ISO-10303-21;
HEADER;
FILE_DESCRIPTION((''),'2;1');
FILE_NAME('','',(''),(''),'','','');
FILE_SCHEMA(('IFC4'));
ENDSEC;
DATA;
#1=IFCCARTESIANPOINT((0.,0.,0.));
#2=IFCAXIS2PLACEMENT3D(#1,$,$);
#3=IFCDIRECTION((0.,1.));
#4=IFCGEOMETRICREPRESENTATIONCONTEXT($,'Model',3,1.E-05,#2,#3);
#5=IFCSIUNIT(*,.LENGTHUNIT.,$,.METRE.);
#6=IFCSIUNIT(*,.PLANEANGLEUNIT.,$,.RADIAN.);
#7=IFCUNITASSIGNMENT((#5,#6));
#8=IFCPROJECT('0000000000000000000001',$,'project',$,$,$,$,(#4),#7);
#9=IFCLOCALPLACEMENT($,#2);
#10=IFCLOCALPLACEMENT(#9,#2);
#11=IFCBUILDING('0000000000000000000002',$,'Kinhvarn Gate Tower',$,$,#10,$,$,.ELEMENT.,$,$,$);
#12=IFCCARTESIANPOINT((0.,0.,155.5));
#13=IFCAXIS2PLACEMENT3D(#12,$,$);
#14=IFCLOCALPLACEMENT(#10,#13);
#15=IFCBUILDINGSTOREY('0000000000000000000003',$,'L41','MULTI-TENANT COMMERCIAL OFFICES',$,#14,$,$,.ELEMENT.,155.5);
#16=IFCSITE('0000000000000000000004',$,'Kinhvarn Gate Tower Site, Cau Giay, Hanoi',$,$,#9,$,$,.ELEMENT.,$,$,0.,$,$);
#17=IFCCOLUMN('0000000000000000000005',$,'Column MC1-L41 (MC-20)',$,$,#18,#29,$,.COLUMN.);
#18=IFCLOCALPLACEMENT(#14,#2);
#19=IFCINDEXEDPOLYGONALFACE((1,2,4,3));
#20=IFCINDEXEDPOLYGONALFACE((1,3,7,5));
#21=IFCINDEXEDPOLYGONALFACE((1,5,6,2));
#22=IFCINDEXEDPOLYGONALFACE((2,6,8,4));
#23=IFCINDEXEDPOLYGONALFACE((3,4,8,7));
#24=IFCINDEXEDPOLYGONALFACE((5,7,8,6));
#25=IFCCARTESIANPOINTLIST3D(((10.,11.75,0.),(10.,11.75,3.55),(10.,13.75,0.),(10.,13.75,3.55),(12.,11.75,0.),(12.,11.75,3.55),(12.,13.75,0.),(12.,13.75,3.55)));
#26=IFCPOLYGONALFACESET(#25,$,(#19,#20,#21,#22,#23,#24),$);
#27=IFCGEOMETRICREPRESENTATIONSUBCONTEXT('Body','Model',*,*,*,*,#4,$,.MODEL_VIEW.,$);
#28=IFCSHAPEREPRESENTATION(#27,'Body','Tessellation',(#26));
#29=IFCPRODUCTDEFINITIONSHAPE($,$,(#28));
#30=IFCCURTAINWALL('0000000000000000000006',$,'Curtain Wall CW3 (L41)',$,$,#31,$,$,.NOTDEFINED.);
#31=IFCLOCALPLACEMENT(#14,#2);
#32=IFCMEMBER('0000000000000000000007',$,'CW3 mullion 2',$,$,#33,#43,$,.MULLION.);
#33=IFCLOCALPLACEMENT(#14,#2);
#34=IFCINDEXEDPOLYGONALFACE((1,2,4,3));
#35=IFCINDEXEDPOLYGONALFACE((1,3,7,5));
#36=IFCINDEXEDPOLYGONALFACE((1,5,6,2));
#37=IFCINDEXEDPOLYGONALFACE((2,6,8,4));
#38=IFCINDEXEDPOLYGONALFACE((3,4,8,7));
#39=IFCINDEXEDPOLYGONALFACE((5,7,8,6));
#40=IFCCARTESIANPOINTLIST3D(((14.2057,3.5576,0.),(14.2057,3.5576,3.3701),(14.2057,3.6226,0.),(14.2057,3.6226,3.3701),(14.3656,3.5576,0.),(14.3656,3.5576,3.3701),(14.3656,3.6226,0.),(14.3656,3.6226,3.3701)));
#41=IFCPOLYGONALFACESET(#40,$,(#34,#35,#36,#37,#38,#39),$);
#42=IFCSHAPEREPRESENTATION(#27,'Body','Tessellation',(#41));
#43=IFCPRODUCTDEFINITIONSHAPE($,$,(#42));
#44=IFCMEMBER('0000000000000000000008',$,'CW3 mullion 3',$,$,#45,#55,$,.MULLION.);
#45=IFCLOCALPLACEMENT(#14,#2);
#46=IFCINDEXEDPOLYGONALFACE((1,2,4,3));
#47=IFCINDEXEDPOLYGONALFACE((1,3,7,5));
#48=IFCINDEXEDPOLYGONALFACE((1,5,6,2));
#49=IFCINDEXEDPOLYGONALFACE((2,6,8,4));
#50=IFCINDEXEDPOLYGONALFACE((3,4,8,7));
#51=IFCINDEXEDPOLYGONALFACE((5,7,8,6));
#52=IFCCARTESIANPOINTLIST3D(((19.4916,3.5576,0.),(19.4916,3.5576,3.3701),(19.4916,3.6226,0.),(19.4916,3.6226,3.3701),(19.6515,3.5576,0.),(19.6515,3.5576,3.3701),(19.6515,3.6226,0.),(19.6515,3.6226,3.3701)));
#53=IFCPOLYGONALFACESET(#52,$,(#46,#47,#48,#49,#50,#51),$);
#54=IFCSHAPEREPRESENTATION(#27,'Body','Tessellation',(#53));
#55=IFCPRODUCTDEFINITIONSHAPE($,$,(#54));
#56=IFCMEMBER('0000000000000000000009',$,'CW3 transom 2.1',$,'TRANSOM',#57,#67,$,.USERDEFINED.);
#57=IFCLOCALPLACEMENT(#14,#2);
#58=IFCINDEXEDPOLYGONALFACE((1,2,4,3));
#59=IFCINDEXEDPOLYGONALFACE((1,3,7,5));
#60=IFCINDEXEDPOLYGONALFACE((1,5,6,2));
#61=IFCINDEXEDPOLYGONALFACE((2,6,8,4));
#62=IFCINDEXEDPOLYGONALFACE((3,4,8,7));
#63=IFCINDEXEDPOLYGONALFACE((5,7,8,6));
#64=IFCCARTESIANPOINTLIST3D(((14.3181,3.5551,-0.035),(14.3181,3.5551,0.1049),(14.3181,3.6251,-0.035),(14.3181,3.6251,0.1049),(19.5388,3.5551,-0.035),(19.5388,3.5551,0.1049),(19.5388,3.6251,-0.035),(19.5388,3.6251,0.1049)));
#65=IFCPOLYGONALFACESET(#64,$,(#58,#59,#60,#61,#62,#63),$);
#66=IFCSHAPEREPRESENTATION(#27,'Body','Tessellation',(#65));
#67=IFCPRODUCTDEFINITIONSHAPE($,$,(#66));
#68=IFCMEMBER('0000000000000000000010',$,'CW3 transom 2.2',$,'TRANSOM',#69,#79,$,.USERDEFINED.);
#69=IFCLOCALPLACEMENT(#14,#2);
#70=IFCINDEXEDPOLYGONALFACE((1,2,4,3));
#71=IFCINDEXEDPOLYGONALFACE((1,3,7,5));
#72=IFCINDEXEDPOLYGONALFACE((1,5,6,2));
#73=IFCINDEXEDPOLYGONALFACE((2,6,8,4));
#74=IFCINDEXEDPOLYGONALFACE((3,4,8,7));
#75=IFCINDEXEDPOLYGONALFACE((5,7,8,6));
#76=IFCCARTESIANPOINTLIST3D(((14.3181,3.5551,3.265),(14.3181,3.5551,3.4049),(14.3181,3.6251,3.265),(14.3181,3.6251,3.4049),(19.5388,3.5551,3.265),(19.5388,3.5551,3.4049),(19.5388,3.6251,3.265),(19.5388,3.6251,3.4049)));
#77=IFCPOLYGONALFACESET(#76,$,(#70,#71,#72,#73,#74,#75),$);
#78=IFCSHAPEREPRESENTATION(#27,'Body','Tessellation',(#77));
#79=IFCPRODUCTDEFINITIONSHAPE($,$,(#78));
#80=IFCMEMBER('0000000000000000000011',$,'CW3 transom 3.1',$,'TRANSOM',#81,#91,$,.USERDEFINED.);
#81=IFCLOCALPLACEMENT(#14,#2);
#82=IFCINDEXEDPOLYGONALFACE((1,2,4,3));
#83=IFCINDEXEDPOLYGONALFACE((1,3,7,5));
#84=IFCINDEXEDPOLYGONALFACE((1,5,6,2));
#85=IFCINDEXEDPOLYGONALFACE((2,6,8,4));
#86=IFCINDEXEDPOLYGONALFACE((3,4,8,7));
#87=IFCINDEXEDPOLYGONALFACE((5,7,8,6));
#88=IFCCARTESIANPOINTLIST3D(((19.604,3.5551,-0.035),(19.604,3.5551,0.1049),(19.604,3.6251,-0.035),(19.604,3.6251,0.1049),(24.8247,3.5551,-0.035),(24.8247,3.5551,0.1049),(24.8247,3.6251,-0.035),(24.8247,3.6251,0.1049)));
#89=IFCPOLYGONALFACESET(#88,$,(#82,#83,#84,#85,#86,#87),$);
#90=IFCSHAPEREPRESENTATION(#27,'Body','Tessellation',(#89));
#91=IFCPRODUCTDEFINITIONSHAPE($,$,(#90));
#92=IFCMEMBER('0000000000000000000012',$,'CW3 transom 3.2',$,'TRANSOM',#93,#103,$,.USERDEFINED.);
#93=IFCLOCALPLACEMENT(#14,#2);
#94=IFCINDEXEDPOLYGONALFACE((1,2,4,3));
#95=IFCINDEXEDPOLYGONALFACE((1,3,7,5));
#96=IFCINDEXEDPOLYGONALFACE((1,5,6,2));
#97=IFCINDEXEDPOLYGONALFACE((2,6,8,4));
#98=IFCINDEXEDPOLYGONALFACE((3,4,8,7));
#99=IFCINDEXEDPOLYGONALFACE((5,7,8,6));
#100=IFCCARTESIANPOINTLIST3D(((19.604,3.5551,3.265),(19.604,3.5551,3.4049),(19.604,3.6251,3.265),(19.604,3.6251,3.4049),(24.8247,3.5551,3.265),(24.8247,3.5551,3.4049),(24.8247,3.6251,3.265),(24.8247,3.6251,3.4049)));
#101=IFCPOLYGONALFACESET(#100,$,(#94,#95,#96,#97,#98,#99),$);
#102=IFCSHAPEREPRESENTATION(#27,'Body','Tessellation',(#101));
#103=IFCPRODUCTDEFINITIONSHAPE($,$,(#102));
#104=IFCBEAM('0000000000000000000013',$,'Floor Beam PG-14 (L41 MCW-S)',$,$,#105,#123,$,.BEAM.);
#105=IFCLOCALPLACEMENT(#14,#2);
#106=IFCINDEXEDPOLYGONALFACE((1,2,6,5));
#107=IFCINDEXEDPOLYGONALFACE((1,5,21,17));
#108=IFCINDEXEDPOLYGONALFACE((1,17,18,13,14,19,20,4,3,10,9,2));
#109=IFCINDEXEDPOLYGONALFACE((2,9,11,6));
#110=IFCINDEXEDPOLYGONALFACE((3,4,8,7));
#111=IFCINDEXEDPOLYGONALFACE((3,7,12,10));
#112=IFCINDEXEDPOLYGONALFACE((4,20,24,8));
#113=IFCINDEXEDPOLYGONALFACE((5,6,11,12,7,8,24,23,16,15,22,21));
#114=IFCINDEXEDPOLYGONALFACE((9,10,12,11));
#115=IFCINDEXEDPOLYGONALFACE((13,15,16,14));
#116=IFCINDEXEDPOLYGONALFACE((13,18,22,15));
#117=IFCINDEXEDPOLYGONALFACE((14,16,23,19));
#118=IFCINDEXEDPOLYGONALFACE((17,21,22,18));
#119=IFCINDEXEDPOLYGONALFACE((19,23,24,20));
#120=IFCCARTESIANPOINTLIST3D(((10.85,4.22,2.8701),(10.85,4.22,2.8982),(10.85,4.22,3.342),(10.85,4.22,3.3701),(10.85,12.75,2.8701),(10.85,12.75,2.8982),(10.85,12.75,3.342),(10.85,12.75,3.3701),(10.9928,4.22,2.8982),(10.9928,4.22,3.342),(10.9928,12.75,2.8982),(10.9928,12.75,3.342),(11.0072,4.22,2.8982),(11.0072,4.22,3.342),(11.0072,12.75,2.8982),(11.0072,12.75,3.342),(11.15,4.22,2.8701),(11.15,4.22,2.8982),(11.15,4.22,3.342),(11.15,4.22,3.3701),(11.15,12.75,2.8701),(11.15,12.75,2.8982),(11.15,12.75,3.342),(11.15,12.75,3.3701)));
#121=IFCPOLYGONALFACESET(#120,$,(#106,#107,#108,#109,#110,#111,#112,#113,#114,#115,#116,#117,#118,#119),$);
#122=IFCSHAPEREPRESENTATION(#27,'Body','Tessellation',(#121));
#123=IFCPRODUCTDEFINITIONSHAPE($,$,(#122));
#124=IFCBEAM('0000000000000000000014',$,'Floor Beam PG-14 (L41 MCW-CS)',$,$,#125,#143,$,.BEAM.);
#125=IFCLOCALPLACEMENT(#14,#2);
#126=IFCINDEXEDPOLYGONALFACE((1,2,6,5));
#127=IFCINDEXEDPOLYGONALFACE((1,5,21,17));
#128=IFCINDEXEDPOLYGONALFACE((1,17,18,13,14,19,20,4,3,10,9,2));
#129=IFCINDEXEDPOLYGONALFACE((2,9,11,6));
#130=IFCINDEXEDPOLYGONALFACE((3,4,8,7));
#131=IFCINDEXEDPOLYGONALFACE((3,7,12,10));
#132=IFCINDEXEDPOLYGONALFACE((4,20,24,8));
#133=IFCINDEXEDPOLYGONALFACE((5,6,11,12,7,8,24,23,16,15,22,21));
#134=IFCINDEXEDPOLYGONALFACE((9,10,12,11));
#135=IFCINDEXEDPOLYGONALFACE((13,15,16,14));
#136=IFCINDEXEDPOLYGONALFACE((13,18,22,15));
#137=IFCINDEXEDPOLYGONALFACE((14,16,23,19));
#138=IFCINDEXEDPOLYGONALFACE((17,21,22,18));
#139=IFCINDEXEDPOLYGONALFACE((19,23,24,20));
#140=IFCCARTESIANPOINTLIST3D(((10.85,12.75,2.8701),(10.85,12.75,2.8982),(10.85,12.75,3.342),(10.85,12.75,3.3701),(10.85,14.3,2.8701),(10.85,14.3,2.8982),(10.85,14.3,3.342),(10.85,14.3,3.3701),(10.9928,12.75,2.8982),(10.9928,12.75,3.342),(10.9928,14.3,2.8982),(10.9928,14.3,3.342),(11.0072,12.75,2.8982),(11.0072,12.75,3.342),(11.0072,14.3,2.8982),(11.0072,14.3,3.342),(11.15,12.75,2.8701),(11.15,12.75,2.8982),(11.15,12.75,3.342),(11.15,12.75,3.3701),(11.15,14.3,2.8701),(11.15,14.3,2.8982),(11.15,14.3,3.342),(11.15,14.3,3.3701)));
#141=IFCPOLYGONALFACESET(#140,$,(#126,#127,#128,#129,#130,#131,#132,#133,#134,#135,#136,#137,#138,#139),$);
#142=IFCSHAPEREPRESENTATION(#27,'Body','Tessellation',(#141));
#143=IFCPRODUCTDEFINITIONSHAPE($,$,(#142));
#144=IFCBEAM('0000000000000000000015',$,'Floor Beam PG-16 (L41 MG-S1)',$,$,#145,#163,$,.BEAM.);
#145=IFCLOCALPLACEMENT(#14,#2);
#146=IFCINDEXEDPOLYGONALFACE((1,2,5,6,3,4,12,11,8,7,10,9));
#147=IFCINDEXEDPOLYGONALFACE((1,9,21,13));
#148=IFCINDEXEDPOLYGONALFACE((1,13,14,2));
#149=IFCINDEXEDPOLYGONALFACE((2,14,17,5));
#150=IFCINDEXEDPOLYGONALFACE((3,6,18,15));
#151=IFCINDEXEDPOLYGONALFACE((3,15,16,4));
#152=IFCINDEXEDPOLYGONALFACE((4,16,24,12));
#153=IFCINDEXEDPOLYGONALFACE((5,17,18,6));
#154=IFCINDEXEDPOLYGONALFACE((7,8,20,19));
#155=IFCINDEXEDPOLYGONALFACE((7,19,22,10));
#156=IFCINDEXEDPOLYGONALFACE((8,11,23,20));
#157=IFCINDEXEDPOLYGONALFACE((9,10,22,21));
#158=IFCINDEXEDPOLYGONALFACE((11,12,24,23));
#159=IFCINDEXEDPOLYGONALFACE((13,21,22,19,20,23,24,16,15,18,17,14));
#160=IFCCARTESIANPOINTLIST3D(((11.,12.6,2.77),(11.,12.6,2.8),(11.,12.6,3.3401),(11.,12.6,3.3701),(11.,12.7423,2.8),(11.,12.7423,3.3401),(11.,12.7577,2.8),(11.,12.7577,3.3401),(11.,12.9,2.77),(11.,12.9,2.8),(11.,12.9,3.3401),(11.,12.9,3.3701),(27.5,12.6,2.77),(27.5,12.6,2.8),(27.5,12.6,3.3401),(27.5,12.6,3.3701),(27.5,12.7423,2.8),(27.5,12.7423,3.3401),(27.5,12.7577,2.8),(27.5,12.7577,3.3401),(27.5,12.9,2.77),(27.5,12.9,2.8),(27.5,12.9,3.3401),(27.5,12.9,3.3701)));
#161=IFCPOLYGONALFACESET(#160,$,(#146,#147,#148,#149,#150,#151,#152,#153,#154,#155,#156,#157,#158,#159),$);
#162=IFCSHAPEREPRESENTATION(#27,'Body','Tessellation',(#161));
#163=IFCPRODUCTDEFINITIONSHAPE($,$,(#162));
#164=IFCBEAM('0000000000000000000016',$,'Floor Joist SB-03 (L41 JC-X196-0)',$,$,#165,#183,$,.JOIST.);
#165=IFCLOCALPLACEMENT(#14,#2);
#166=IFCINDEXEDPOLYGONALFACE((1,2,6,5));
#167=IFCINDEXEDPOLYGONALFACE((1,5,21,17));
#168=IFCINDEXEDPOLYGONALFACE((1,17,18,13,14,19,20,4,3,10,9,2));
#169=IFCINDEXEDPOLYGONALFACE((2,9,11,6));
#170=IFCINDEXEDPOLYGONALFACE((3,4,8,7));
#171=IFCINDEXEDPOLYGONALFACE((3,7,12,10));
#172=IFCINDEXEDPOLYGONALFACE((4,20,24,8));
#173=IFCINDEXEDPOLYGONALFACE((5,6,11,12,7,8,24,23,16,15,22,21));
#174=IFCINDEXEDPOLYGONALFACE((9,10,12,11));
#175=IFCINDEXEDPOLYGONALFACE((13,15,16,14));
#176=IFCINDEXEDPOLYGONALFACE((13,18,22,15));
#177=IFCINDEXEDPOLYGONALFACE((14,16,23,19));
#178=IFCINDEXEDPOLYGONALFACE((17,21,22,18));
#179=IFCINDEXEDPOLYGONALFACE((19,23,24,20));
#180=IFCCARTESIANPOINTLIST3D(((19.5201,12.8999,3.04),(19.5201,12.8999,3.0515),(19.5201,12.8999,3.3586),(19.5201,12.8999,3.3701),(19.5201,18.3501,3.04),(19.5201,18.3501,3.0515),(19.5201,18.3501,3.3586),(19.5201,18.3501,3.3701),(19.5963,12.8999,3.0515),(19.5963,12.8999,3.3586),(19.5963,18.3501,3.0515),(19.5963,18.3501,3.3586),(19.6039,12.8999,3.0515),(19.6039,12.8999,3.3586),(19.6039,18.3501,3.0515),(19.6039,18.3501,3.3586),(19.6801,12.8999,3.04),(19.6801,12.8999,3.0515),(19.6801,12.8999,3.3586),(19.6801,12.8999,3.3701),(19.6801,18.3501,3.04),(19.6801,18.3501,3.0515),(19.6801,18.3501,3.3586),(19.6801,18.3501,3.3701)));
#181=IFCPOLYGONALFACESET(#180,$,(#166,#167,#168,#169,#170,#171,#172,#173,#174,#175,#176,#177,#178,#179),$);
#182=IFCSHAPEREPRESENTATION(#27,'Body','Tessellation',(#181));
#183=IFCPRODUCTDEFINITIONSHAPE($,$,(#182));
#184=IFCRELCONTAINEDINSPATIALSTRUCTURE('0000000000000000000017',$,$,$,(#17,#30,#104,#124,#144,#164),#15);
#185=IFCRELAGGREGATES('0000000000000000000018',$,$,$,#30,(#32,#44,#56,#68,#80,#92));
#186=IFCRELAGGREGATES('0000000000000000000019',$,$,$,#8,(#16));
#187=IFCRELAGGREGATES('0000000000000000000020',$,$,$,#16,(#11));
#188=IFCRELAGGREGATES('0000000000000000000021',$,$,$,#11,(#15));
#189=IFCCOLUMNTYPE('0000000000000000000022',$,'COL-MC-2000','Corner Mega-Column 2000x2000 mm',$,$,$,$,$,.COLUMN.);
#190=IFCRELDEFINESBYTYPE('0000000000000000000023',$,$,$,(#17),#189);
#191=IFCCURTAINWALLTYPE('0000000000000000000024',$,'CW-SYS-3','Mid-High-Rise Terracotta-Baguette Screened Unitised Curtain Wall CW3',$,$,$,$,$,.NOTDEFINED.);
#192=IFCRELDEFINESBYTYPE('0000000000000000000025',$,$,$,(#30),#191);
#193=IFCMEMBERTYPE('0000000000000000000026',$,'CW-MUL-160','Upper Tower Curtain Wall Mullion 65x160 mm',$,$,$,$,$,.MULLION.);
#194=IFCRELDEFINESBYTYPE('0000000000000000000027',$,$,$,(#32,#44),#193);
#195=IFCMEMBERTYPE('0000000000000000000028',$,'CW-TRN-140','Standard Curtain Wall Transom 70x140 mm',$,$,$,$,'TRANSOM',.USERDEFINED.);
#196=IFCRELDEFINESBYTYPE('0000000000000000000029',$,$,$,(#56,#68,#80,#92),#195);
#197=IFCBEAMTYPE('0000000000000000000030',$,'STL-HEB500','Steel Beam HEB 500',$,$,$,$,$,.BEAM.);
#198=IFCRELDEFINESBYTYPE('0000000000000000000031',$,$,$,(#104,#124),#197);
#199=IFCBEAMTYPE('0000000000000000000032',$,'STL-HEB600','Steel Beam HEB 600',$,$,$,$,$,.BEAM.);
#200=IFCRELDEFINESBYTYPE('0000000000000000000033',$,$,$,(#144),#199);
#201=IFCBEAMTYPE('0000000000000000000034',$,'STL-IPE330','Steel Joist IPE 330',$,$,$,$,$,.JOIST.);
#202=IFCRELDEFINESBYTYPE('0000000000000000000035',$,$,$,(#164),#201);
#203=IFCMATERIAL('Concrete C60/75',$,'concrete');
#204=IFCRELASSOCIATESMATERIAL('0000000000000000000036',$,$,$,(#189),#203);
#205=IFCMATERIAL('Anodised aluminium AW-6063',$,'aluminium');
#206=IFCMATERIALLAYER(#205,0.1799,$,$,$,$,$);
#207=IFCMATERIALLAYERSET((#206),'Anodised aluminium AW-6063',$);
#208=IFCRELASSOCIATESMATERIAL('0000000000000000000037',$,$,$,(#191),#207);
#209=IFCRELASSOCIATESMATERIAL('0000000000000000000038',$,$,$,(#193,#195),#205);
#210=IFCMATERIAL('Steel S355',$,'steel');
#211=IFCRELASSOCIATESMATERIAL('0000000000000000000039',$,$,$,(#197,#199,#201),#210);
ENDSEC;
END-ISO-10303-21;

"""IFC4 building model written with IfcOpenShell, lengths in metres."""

from ifc_helpers import new_model, si_unit, direction, frame, origin, origin_2d, place, context, subcontext, project, spatial, rectangle, i_section, extrude, material, layer, layer_set, material_profile, profile_set, type_object, element, aggregate, save


model = new_model("IFC4")

# Units and contexts
model_context = context("Model", 3, precision=1e-05, world=origin(), true_north=direction((0.0, 1.0)))
body_context = subcontext(model_context, "Body", "Model", "MODEL_VIEW")
ifc_project = project(units=[si_unit("LENGTHUNIT", "METRE"), si_unit("PLANEANGLEUNIT", "RADIAN")], contexts=[model_context])

# Site, building, storey
site_placement = place(None, origin())
site = spatial("IfcSite", under=ifc_project, at=site_placement, Name="Kinhvarn Gate Tower Site, Cau Giay, Hanoi", CompositionType="ELEMENT", RefElevation=0.0)
building_placement = place(site_placement, origin())
building = spatial("IfcBuilding", under=site, at=building_placement, Name="Kinhvarn Gate Tower", CompositionType="ELEMENT")
storey_placement = place(building_placement, frame((0.0, 0.0, 155.5)))
storey = spatial("IfcBuildingStorey", under=building, at=storey_placement, Name="L41", Description="MULTI-TENANT COMMERCIAL OFFICES", CompositionType="ELEMENT", Elevation=155.5)

# Column
ifc_material_1 = material(Name="Concrete C60/75", Category="concrete")
ifc_material_profile_1 = material_profile(ifc_material_1, rectangle(XDim=2.0, YDim=2.0, at=origin_2d()), Name="RC 2000x2000")
ifc_profile_set_1 = profile_set([ifc_material_profile_1], Name="Concrete C60/75")
column_type = type_object("IfcColumnType", Name="COL-MC-2000", Description="Corner Mega-Column 2000x2000 mm", PredefinedType="COLUMN", material=ifc_profile_set_1)
column_placement = place(storey_placement, frame((11.0, 12.75, 0.0), z_axis=(0.0, 0.0, 1.0), x_axis=(1.0, 0.0, 0.0)))
element("IfcColumn", 1, at=column_placement, inside=storey, type_object=column_type, Name="Column MC1-L41 (MC-20)", PredefinedType="COLUMN", context=body_context, shape_type="SweptSolid", body=[
    extrude(rectangle(XDim=2.0, YDim=2.0, at=origin_2d()), origin(), (0.0, 0.0, 1.0), 3.55),
])

# Curtain wall, members
ifc_material_2 = material(Name="Anodised aluminium AW-6063", Category="aluminium")
ifc_layer_1 = layer(ifc_material_2, 0.1799)
ifc_layer_set_1 = layer_set([ifc_layer_1], Name="Anodised aluminium AW-6063")
curtain_wall_type = type_object("IfcCurtainWallType", Name="CW-SYS-3", Description="Mid-High-Rise Terracotta-Baguette Screened Unitised Curtain Wall CW3", PredefinedType="NOTDEFINED", material=ifc_layer_set_1)
curtain_wall_placement = place(storey_placement, origin())
curtain_wall = element("IfcCurtainWall", 2, at=curtain_wall_placement, inside=storey, type_object=curtain_wall_type, Name="Curtain Wall CW3 (L41)", PredefinedType="NOTDEFINED")
ifc_material_profile_2 = material_profile(ifc_material_2, rectangle(XDim=0.0649, YDim=0.1599, at=origin_2d()), Name="ALU 65x160")
ifc_profile_set_2 = profile_set([ifc_material_profile_2], Name="Anodised aluminium AW-6063")
member_type_1 = type_object("IfcMemberType", Name="CW-MUL-160", Description="Upper Tower Curtain Wall Mullion 65x160 mm", PredefinedType="MULLION", material=ifc_profile_set_2)
member_1_placement = place(storey_placement, frame((14.2856, 3.5901, 0.0), z_axis=(0.0, 0.0, 1.0), x_axis=(0.0, 1.0, 0.0)))
member_1 = element("IfcMember", 3, at=member_1_placement, type_object=member_type_1, Name="CW3 mullion 2", PredefinedType="MULLION", context=body_context, shape_type="SweptSolid", body=[
    extrude(rectangle(XDim=0.0649, YDim=0.1599, at=origin_2d()), origin(), (0.0, 0.0, 1.0), 3.3701),
])
member_2_placement = place(storey_placement, frame((19.5715, 3.5901, 0.0), z_axis=(0.0, 0.0, 1.0), x_axis=(0.0, 1.0, 0.0)))
member_2 = element("IfcMember", 4, at=member_2_placement, type_object=member_type_1, Name="CW3 mullion 3", PredefinedType="MULLION", context=body_context, shape_type="SweptSolid", body=[
    extrude(rectangle(XDim=0.0649, YDim=0.1599, at=origin_2d()), origin(), (0.0, 0.0, 1.0), 3.3701),
])
ifc_material_profile_3 = material_profile(ifc_material_2, rectangle(XDim=0.0701, YDim=0.1399, at=origin_2d()), Name="ALU 70x140")
ifc_profile_set_3 = profile_set([ifc_material_profile_3], Name="Anodised aluminium AW-6063")
member_type_2 = type_object("IfcMemberType", Name="CW-TRN-140", Description="Standard Curtain Wall Transom 70x140 mm", ElementType="TRANSOM", PredefinedType="USERDEFINED", material=ifc_profile_set_3)
member_3_placement = place(storey_placement, frame((14.3181, 3.5901, 0.0349), z_axis=(1.0, 0.0, 0.0), x_axis=(0.0, 1.0, 0.0)))
member_3 = element("IfcMember", 5, at=member_3_placement, type_object=member_type_2, Name="CW3 transom 2.1", ObjectType="TRANSOM", PredefinedType="USERDEFINED", context=body_context, shape_type="SweptSolid", body=[
    extrude(rectangle(XDim=0.0701, YDim=0.1399, at=origin_2d()), origin(), (0.0, 0.0, 1.0), 5.2207),
])
member_4_placement = place(storey_placement, frame((14.3181, 3.5901, 3.335), z_axis=(1.0, 0.0, 0.0), x_axis=(0.0, 1.0, 0.0)))
member_4 = element("IfcMember", 6, at=member_4_placement, type_object=member_type_2, Name="CW3 transom 2.2", ObjectType="TRANSOM", PredefinedType="USERDEFINED", context=body_context, shape_type="SweptSolid", body=[
    extrude(rectangle(XDim=0.0701, YDim=0.1399, at=origin_2d()), origin(), (0.0, 0.0, 1.0), 5.2207),
])
member_5_placement = place(storey_placement, frame((19.604, 3.5901, 0.0349), z_axis=(1.0, 0.0, 0.0), x_axis=(0.0, 1.0, 0.0)))
member_5 = element("IfcMember", 7, at=member_5_placement, type_object=member_type_2, Name="CW3 transom 3.1", ObjectType="TRANSOM", PredefinedType="USERDEFINED", context=body_context, shape_type="SweptSolid", body=[
    extrude(rectangle(XDim=0.0701, YDim=0.1399, at=origin_2d()), origin(), (0.0, 0.0, 1.0), 5.2207),
])
member_6_placement = place(storey_placement, frame((19.604, 3.5901, 3.335), z_axis=(1.0, 0.0, 0.0), x_axis=(0.0, 1.0, 0.0)))
member_6 = element("IfcMember", 8, at=member_6_placement, type_object=member_type_2, Name="CW3 transom 3.2", ObjectType="TRANSOM", PredefinedType="USERDEFINED", context=body_context, shape_type="SweptSolid", body=[
    extrude(rectangle(XDim=0.0701, YDim=0.1399, at=origin_2d()), origin(), (0.0, 0.0, 1.0), 5.2207),
])

# Beams
ifc_material_3 = material(Name="Steel S355", Category="steel")
ifc_material_profile_4 = material_profile(ifc_material_3, i_section(OverallWidth=0.3, OverallDepth=0.5, WebThickness=0.0144, FlangeThickness=0.0281, at=origin_2d()), Name="HEB 500")
ifc_profile_set_4 = profile_set([ifc_material_profile_4], Name="Steel S355")
beam_type_1 = type_object("IfcBeamType", Name="STL-HEB500", Description="Steel Beam HEB 500", PredefinedType="BEAM", material=ifc_profile_set_4)
beam_1_placement = place(storey_placement, frame((11.0, 4.22, 3.1201), z_axis=(0.0, 1.0, 0.0), x_axis=(-1.0, 0.0, 0.0)))
element("IfcBeam", 9, at=beam_1_placement, inside=storey, type_object=beam_type_1, Name="Floor Beam PG-14 (L41 MCW-S)", PredefinedType="BEAM", context=body_context, shape_type="SweptSolid", body=[
    extrude(i_section(OverallWidth=0.3, OverallDepth=0.5, WebThickness=0.0144, FlangeThickness=0.0281, at=origin_2d()), origin(), (0.0, 0.0, 1.0), 8.53),
])
beam_2_placement = place(storey_placement, frame((11.0, 12.75, 3.1201), z_axis=(0.0, 1.0, 0.0), x_axis=(-1.0, 0.0, 0.0)))
element("IfcBeam", 10, at=beam_2_placement, inside=storey, type_object=beam_type_1, Name="Floor Beam PG-14 (L41 MCW-CS)", PredefinedType="BEAM", context=body_context, shape_type="SweptSolid", body=[
    extrude(i_section(OverallWidth=0.3, OverallDepth=0.5, WebThickness=0.0144, FlangeThickness=0.0281, at=origin_2d()), origin(), (0.0, 0.0, 1.0), 1.55),
])
ifc_material_profile_5 = material_profile(ifc_material_3, i_section(OverallWidth=0.3, OverallDepth=0.6001, WebThickness=0.0154, FlangeThickness=0.03, at=origin_2d()), Name="HEB 600")
ifc_profile_set_5 = profile_set([ifc_material_profile_5], Name="Steel S355")
beam_type_2 = type_object("IfcBeamType", Name="STL-HEB600", Description="Steel Beam HEB 600", PredefinedType="BEAM", material=ifc_profile_set_5)
beam_3_placement = place(storey_placement, frame((11.0, 12.75, 3.0701), z_axis=(1.0, 0.0, 0.0), x_axis=(0.0, 1.0, 0.0)))
element("IfcBeam", 11, at=beam_3_placement, inside=storey, type_object=beam_type_2, Name="Floor Beam PG-16 (L41 MG-S1)", PredefinedType="BEAM", context=body_context, shape_type="SweptSolid", body=[
    extrude(i_section(OverallWidth=0.3, OverallDepth=0.6001, WebThickness=0.0154, FlangeThickness=0.03, at=origin_2d()), origin(), (0.0, 0.0, 1.0), 16.5),
])
ifc_material_profile_6 = material_profile(ifc_material_3, i_section(OverallWidth=0.1599, OverallDepth=0.3301, WebThickness=0.0076, FlangeThickness=0.0115, at=origin_2d()), Name="IPE 330")
ifc_profile_set_6 = profile_set([ifc_material_profile_6], Name="Steel S355")
beam_type_3 = type_object("IfcBeamType", Name="STL-IPE330", Description="Steel Joist IPE 330", PredefinedType="JOIST", material=ifc_profile_set_6)
for number, where, z_axis, x_axis, name in (
    (12, (19.6001, 12.8999, 3.2051), (0.0, 1.0, 0.0), (-1.0, 0.0, 0.0), "Floor Joist SB-03 (L41 JC-X196-0)"),
):
    element("IfcBeam", number, at=place(storey_placement, frame(where, z_axis=z_axis, x_axis=x_axis)), inside=storey, type_object=beam_type_3, Name=name, PredefinedType="JOIST", context=body_context, shape_type="SweptSolid", body=[
        extrude(i_section(OverallWidth=0.1599, OverallDepth=0.3301, WebThickness=0.0076, FlangeThickness=0.0115, at=origin_2d()), origin(), (0.0, 0.0, 1.0), 5.4502),
    ])

aggregate(curtain_wall, [member_1, member_2, member_3, member_4, member_5, member_6])

save(model, "model.ifc")
